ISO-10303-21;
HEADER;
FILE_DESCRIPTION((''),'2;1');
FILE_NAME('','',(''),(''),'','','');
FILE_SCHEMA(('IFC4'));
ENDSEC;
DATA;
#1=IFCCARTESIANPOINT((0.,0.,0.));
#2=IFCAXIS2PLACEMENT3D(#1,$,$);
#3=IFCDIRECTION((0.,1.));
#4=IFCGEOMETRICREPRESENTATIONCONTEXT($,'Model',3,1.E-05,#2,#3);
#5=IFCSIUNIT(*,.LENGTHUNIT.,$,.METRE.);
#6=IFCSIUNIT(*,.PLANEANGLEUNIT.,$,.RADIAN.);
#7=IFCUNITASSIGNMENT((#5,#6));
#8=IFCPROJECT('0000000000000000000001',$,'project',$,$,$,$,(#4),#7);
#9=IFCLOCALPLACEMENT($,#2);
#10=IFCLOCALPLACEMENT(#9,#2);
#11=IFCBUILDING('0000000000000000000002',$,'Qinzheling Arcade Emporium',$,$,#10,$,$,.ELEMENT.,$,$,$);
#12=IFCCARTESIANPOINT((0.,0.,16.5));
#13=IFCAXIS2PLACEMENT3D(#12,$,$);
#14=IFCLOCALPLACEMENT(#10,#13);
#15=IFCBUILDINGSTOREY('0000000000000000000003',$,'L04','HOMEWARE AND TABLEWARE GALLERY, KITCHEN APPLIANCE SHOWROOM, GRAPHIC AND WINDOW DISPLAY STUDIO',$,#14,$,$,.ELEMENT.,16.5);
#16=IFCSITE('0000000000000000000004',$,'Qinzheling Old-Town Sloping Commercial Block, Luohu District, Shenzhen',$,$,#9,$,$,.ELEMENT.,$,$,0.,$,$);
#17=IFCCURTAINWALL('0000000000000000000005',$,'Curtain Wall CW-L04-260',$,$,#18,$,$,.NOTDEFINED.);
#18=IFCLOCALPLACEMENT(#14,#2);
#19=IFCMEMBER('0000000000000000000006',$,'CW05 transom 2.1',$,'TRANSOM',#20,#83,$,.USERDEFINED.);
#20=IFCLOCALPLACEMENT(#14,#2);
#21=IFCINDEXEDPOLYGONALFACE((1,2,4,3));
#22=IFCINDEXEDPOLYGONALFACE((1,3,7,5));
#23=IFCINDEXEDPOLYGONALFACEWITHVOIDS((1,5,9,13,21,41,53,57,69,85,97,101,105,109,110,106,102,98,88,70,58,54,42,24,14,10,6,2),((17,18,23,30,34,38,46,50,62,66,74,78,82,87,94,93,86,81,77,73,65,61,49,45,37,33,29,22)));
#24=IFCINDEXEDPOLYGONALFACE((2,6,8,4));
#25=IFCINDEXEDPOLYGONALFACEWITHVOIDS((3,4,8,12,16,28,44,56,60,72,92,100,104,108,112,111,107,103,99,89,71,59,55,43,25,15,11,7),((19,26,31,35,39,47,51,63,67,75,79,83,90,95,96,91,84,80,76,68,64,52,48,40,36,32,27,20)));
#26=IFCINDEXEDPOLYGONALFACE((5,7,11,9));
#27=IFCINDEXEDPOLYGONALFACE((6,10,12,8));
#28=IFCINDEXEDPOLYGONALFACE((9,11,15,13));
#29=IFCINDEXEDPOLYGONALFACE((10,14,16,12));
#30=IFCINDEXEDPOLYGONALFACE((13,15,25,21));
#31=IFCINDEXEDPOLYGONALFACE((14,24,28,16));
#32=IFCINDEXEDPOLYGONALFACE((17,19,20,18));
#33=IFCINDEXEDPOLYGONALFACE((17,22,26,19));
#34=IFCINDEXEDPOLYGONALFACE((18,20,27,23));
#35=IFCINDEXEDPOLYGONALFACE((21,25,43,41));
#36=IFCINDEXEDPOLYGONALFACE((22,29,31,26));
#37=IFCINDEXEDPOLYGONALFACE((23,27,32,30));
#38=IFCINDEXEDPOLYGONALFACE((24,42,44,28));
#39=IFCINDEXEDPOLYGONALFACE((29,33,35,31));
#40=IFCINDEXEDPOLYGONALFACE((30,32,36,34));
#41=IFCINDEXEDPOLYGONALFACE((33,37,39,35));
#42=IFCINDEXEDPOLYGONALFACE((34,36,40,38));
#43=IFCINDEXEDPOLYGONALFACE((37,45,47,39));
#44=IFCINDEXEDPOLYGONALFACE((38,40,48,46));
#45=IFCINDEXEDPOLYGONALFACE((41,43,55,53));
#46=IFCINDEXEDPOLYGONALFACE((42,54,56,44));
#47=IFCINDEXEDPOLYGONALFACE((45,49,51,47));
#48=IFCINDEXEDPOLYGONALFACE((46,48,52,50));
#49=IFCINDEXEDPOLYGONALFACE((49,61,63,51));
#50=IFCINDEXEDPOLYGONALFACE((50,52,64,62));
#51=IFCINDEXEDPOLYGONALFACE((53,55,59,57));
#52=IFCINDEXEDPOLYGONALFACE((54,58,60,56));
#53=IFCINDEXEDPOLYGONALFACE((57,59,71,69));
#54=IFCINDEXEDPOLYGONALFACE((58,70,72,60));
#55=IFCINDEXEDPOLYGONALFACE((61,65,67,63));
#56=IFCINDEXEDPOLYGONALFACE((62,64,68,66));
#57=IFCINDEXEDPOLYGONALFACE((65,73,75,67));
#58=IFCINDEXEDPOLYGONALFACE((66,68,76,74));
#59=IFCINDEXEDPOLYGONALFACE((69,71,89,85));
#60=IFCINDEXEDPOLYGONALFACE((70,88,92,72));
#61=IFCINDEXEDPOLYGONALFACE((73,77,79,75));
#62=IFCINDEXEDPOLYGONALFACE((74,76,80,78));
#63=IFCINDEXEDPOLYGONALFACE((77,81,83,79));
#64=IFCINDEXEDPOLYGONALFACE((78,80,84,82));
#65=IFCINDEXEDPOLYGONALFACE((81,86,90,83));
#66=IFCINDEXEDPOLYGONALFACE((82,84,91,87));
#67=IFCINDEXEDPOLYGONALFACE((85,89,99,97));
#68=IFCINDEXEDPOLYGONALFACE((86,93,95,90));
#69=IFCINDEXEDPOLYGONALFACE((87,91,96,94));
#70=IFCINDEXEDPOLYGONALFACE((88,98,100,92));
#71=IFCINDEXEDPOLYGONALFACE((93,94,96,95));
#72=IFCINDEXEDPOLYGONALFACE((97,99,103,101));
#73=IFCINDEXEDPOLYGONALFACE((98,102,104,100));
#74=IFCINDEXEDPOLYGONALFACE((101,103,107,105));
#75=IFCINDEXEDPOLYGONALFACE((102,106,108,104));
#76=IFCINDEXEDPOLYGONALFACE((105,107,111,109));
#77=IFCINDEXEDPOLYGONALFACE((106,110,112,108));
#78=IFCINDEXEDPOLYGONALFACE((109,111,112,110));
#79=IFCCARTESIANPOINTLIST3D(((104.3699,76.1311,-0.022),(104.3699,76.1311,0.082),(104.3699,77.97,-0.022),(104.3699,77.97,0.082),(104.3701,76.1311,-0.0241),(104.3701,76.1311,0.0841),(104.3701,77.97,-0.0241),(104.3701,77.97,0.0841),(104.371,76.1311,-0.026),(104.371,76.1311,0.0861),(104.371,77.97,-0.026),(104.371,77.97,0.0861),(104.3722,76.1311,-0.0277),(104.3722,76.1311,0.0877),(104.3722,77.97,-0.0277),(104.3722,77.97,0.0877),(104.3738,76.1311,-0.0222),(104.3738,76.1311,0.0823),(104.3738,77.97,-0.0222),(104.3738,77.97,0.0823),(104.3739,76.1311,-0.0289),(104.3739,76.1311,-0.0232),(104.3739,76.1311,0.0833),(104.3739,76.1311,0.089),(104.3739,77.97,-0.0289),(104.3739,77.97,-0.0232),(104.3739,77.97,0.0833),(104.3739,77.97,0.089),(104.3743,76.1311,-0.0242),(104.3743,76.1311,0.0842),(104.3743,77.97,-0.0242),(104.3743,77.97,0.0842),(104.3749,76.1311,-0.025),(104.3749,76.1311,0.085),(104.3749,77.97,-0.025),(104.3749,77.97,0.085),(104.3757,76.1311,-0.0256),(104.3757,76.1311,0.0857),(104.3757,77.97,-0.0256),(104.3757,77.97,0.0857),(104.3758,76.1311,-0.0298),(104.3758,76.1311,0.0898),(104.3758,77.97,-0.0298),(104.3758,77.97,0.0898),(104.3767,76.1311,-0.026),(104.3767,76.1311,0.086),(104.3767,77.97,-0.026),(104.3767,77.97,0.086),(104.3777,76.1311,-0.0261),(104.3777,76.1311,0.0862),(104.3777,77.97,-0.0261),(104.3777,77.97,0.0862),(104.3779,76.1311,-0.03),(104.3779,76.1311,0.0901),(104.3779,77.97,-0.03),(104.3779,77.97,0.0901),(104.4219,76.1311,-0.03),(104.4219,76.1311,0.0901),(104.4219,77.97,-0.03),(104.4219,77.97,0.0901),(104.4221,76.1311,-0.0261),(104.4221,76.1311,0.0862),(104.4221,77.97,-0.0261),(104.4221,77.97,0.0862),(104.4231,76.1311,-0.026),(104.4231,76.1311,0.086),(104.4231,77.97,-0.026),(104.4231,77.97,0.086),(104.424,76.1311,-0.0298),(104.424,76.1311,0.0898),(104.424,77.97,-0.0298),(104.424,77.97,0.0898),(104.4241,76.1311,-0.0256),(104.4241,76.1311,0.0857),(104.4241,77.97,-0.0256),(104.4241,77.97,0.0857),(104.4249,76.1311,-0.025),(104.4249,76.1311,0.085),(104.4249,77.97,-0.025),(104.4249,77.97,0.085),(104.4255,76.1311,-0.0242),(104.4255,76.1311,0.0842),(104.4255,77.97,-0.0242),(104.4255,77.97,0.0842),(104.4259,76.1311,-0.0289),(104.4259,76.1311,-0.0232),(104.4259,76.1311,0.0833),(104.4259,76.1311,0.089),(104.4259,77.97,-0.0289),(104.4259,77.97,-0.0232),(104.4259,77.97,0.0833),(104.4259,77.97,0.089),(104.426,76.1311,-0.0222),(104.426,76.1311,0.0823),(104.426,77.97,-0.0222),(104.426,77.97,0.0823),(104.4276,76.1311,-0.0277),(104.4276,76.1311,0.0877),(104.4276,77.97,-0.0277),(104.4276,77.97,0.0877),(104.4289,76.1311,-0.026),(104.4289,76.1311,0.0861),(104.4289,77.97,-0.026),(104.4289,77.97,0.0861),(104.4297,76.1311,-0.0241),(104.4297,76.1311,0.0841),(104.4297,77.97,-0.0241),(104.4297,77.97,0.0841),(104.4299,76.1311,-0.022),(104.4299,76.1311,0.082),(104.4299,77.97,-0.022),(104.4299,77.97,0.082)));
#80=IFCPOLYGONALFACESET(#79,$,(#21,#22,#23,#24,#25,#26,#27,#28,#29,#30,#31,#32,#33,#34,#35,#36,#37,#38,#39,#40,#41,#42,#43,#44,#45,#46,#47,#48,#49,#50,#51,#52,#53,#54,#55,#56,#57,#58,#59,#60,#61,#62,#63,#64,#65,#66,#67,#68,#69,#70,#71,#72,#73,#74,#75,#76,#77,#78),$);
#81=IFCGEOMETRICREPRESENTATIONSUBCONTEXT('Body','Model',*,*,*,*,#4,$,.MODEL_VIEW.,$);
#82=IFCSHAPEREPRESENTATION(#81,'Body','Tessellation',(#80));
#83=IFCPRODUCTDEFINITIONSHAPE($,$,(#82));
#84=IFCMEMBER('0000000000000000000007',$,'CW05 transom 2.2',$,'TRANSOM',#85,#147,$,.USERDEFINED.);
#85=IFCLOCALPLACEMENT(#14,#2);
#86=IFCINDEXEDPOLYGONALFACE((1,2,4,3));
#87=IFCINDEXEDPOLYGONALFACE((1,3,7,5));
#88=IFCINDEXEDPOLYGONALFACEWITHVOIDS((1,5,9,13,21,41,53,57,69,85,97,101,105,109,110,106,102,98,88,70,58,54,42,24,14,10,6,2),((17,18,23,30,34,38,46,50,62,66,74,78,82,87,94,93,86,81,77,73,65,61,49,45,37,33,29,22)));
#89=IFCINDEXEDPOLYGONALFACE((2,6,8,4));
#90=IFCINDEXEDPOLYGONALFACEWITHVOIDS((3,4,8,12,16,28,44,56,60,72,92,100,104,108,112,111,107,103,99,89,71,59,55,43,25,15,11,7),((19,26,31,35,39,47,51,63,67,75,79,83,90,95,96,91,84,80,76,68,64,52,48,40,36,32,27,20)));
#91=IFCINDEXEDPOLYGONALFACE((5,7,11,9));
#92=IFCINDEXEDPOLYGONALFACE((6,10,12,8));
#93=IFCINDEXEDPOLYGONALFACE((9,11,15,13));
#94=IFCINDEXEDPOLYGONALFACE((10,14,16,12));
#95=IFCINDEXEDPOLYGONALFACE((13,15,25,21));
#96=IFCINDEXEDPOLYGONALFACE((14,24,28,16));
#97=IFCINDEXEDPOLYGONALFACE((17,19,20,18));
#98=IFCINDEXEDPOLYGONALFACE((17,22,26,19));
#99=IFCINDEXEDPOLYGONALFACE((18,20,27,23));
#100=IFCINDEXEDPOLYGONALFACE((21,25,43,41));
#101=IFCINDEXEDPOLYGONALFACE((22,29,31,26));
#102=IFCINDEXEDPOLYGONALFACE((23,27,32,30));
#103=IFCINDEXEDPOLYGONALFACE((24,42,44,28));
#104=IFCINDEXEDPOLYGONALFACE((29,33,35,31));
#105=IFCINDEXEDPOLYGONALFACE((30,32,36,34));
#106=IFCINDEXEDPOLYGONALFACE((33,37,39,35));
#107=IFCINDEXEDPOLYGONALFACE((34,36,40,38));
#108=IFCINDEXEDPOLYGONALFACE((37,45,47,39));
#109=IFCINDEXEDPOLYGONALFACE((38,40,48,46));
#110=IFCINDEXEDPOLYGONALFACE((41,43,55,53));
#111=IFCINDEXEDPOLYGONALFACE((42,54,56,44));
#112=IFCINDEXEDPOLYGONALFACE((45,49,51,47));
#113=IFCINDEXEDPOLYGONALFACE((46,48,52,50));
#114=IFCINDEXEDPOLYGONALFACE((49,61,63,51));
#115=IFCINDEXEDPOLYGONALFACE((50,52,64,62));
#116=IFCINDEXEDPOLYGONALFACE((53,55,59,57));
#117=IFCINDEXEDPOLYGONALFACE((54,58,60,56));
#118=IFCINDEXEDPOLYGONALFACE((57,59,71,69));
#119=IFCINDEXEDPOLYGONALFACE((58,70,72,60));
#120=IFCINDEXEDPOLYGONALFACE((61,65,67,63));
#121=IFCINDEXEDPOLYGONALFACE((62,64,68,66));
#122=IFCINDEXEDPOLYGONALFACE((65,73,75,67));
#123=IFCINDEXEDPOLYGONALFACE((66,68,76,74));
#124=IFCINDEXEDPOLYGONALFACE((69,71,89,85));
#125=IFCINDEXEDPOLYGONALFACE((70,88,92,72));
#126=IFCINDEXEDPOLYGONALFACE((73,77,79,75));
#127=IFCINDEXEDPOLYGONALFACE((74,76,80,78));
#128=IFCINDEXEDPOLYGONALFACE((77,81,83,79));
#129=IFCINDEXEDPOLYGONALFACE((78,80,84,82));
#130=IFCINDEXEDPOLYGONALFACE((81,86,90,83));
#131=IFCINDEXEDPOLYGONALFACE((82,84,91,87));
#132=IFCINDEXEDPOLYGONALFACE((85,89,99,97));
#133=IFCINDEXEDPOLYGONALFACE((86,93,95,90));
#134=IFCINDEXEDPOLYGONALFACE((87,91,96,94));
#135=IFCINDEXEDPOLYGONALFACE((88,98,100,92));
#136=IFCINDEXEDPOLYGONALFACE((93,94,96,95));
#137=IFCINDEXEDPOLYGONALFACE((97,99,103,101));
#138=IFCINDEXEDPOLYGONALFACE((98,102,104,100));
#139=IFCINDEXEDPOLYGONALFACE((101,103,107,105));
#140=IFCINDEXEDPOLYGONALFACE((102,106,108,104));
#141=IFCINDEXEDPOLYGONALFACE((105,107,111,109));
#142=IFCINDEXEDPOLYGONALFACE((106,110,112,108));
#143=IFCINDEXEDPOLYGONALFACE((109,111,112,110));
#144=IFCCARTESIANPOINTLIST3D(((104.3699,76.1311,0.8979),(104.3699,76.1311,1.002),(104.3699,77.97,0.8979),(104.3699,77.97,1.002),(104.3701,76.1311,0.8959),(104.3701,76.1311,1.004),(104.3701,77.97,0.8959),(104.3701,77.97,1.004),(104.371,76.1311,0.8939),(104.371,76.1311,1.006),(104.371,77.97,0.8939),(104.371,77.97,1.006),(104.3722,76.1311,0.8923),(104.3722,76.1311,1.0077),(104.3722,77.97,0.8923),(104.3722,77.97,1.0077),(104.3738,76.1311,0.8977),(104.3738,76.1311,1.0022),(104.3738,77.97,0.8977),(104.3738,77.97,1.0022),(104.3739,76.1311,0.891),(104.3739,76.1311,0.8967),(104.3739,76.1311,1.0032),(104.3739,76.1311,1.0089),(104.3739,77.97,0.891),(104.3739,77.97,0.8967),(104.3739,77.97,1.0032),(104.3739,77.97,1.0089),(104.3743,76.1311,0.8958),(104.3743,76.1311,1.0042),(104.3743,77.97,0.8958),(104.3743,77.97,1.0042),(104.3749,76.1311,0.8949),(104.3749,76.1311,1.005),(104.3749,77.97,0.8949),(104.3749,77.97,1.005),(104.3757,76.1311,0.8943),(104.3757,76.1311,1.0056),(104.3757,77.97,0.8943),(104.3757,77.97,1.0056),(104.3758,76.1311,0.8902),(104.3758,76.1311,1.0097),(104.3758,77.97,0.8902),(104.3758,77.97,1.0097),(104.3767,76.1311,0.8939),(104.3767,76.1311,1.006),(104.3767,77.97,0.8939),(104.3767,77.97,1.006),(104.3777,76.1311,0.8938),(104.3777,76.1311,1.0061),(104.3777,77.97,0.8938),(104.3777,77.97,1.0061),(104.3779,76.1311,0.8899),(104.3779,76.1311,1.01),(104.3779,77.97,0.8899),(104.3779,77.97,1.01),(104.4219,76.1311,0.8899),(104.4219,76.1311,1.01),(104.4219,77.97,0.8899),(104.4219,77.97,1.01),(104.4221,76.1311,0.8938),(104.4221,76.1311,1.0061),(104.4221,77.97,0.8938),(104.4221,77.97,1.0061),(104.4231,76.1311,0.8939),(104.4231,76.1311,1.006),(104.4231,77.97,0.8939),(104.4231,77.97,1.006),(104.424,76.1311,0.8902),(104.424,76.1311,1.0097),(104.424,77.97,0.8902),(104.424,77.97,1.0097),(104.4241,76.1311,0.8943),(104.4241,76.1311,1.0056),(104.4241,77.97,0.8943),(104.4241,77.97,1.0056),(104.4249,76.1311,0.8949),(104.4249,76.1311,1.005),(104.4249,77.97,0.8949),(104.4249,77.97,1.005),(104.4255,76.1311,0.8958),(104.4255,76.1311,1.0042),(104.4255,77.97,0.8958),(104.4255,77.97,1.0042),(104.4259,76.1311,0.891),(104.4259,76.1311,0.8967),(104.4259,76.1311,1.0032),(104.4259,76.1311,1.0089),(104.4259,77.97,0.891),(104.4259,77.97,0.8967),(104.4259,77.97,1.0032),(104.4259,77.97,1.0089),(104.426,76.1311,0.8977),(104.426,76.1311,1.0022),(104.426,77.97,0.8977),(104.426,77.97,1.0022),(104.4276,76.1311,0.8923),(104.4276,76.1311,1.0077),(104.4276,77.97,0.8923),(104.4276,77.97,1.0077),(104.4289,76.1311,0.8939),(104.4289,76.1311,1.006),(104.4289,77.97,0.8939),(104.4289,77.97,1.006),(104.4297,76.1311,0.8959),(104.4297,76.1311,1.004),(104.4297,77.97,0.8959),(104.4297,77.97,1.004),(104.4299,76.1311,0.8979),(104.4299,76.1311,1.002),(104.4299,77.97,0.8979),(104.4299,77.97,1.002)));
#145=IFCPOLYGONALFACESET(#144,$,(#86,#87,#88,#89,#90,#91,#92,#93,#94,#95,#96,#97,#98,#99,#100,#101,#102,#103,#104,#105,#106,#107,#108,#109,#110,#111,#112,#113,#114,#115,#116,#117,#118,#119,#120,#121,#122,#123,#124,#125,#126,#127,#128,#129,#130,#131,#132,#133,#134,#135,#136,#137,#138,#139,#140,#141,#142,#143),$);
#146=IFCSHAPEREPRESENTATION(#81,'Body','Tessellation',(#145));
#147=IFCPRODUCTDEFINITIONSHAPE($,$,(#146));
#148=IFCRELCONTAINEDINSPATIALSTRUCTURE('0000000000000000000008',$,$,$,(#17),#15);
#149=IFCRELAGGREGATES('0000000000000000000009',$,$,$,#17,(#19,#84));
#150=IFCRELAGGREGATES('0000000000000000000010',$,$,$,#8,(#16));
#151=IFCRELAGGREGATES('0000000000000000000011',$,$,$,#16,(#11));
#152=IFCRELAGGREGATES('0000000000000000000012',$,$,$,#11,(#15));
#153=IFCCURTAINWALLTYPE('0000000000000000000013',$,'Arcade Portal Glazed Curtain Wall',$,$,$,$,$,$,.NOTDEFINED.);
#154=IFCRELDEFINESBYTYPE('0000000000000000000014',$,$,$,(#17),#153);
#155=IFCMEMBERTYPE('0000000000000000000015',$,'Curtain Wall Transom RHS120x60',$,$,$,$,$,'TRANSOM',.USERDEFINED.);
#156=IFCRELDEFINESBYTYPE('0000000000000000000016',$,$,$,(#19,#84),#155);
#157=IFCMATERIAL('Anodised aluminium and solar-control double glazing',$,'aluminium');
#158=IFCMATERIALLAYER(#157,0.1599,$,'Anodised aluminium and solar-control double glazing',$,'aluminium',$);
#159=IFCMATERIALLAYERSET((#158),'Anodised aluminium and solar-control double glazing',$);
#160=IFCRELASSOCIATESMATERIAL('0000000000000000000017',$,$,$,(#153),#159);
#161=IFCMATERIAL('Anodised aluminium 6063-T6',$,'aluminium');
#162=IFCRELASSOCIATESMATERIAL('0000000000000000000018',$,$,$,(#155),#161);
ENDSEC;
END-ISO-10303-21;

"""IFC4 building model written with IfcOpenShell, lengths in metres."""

from ifc_helpers import new_model, si_unit, direction, frame, origin, origin_2d, place, context, subcontext, project, spatial, hollow_rectangle, extrude, material, layer, layer_set, material_profile, profile_set, type_object, element, aggregate, save


model = new_model("IFC4")

# Units and contexts
model_context = context("Model", 3, precision=1e-05, world=origin(), true_north=direction((0.0, 1.0)))
body_context = subcontext(model_context, "Body", "Model", "MODEL_VIEW")
ifc_project = project(units=[si_unit("LENGTHUNIT", "METRE"), si_unit("PLANEANGLEUNIT", "RADIAN")], contexts=[model_context])

# Site, building, storey
site_placement = place(None, origin())
site = spatial("IfcSite", under=ifc_project, at=site_placement, Name="Qinzheling Old-Town Sloping Commercial Block, Luohu District, Shenzhen", CompositionType="ELEMENT", RefElevation=0.0)
building_placement = place(site_placement, origin())
building = spatial("IfcBuilding", under=site, at=building_placement, Name="Qinzheling Arcade Emporium", CompositionType="ELEMENT")
storey_placement = place(building_placement, frame((0.0, 0.0, 16.5)))
storey = spatial("IfcBuildingStorey", under=building, at=storey_placement, Name="L04", Description="HOMEWARE AND TABLEWARE GALLERY, KITCHEN APPLIANCE SHOWROOM, GRAPHIC AND WINDOW DISPLAY STUDIO", CompositionType="ELEMENT", Elevation=16.5)

# Curtain wall
ifc_material_1 = material(Name="Anodised aluminium and solar-control double glazing", Category="aluminium")
ifc_layer_1 = layer(ifc_material_1, 0.1599, Name="Anodised aluminium and solar-control double glazing", Category="aluminium")
ifc_layer_set_1 = layer_set([ifc_layer_1], Name="Anodised aluminium and solar-control double glazing")
curtain_wall_type = type_object("IfcCurtainWallType", Name="Arcade Portal Glazed Curtain Wall", PredefinedType="NOTDEFINED", material=ifc_layer_set_1)
curtain_wall_1_placement = place(storey_placement, origin())
curtain_wall_1 = element("IfcCurtainWall", 1, at=curtain_wall_1_placement, inside=storey, type_object=curtain_wall_type, Name="Curtain Wall CW-L04-260", PredefinedType="NOTDEFINED")
ifc_material_2 = material(Name="Anodised aluminium 6063-T6", Category="aluminium")

# Members
ifc_material_profile_1 = material_profile(ifc_material_2, hollow_rectangle(XDim=0.0601, YDim=0.1201, WallThickness=0.0039, InnerFilletRadius=0.0039, OuterFilletRadius=0.0081, at=origin_2d()), Name="RHS 120x60x4", Category="aluminium")
ifc_profile_set_1 = profile_set([ifc_material_profile_1], Name="Anodised aluminium 6063-T6")
member_type_1 = type_object("IfcMemberType", Name="Curtain Wall Transom RHS120x60", ElementType="TRANSOM", PredefinedType="USERDEFINED", material=ifc_profile_set_1)
member_1_placement = place(storey_placement, frame((104.3999, 76.1311, 0.03), z_axis=(0.0, 1.0, 0.0), x_axis=(-1.0, 0.0, 0.0)))
member_1 = element("IfcMember", 2, at=member_1_placement, type_object=member_type_1, Name="CW05 transom 2.1", ObjectType="TRANSOM", PredefinedType="USERDEFINED", context=body_context, shape_type="SweptSolid", body=[
    extrude(hollow_rectangle(XDim=0.0601, YDim=0.1201, WallThickness=0.0039, InnerFilletRadius=0.0039, OuterFilletRadius=0.0081, at=origin_2d()), origin(), (0.0, 0.0, 1.0), 1.8389),
])
member_2_placement = place(storey_placement, frame((104.3999, 76.1311, 0.95), z_axis=(0.0, 1.0, 0.0), x_axis=(-1.0, 0.0, 0.0)))
member_2 = element("IfcMember", 3, at=member_2_placement, type_object=member_type_1, Name="CW05 transom 2.2", ObjectType="TRANSOM", PredefinedType="USERDEFINED", context=body_context, shape_type="SweptSolid", body=[
    extrude(hollow_rectangle(XDim=0.0601, YDim=0.1201, WallThickness=0.0039, InnerFilletRadius=0.0039, OuterFilletRadius=0.0081, at=origin_2d()), origin(), (0.0, 0.0, 1.0), 1.8389),
])

aggregate(curtain_wall_1, [member_1, member_2])

save(model, "model.ifc")
